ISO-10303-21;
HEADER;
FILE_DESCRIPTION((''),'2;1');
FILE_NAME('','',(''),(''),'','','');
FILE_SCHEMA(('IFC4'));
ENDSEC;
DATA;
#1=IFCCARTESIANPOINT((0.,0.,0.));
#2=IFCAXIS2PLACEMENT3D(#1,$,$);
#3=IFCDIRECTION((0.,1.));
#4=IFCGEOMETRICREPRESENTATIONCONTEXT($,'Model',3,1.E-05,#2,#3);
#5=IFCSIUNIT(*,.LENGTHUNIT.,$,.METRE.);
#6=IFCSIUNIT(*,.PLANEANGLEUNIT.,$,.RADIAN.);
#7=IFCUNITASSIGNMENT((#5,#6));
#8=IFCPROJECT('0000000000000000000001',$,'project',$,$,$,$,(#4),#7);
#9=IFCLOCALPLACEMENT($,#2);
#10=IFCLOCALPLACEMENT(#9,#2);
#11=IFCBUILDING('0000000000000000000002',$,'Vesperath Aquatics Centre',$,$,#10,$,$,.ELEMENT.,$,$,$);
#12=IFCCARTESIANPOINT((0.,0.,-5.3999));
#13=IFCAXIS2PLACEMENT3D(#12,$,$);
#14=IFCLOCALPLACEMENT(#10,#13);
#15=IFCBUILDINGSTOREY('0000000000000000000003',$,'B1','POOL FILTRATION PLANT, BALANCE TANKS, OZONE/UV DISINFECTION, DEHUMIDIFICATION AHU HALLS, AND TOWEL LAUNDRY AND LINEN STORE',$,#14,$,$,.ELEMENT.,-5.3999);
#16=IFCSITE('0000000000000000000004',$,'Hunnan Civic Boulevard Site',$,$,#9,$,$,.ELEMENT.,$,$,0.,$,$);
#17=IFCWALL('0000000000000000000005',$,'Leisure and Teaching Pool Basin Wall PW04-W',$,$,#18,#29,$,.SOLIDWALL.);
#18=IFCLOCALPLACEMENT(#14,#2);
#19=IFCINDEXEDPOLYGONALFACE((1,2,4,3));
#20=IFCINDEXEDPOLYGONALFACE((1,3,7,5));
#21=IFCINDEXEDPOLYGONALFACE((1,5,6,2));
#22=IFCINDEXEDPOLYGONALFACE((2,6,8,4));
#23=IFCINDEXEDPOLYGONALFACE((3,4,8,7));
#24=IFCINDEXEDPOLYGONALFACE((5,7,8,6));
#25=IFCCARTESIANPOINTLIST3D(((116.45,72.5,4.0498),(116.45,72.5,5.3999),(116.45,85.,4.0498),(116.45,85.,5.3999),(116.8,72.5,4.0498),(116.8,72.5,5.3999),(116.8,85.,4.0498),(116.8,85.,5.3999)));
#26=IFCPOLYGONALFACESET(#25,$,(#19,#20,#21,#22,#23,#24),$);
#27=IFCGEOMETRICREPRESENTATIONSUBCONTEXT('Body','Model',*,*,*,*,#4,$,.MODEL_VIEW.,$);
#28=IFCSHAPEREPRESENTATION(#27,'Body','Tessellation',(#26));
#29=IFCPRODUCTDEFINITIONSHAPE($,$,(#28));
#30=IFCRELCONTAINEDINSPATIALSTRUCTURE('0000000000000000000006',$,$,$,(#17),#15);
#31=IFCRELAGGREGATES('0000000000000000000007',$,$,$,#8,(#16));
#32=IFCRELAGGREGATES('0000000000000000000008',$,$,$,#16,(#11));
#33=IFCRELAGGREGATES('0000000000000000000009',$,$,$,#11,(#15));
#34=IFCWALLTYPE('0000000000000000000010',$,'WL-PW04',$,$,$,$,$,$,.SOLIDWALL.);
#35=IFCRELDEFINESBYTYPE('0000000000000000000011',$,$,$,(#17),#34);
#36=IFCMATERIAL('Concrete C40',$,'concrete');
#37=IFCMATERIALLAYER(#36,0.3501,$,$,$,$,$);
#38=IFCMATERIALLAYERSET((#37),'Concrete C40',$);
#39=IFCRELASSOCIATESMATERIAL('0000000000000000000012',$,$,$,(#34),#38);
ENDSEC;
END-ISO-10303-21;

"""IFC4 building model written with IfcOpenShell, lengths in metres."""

from ifc_helpers import new_model, si_unit, direction, frame, frame_2d, origin, place, context, subcontext, project, spatial, rectangle, extrude, material, layer, layer_set, type_object, element, save


model = new_model("IFC4")

# Units and contexts
model_context = context("Model", 3, precision=1e-05, world=origin(), true_north=direction((0.0, 1.0)))
body_context = subcontext(model_context, "Body", "Model", "MODEL_VIEW")
ifc_project = project(units=[si_unit("LENGTHUNIT", "METRE"), si_unit("PLANEANGLEUNIT", "RADIAN")], contexts=[model_context])

# Site, building, storey
site_placement = place(None, origin())
site = spatial("IfcSite", under=ifc_project, at=site_placement, Name="Hunnan Civic Boulevard Site", CompositionType="ELEMENT", RefElevation=0.0)
building_placement = place(site_placement, origin())
building = spatial("IfcBuilding", under=site, at=building_placement, Name="Vesperath Aquatics Centre", CompositionType="ELEMENT")
storey_placement = place(building_placement, frame((0.0, 0.0, -5.3999)))
storey = spatial("IfcBuildingStorey", under=building, at=storey_placement, Name="B1", Description="POOL FILTRATION PLANT, BALANCE TANKS, OZONE/UV DISINFECTION, DEHUMIDIFICATION AHU HALLS, AND TOWEL LAUNDRY AND LINEN STORE", CompositionType="ELEMENT", Elevation=-5.3999)

# Shared definitions
ifc_material_1 = material(Name="Concrete C40", Category="concrete")

# Wall
ifc_layer = layer(ifc_material_1, 0.3501)
ifc_layer_set = layer_set([ifc_layer], Name="Concrete C40")
wall_type = type_object("IfcWallType", Name="WL-PW04", PredefinedType="SOLIDWALL", material=ifc_layer_set)
wall_placement = place(storey_placement, frame((116.625, 72.5, 4.0498), z_axis=(0.0, 0.0, 1.0), x_axis=(0.0, 1.0, 0.0)))
element("IfcWall", 1, at=wall_placement, inside=storey, type_object=wall_type, Name="Leisure and Teaching Pool Basin Wall PW04-W", PredefinedType="SOLIDWALL", context=body_context, shape_type="SweptSolid", body=[
    extrude(rectangle(XDim=12.5, YDim=0.3501, at=frame_2d((6.25, 0.0))), origin(), (0.0, 0.0, 1.0), 1.3501),
])

save(model, "model.ifc")
